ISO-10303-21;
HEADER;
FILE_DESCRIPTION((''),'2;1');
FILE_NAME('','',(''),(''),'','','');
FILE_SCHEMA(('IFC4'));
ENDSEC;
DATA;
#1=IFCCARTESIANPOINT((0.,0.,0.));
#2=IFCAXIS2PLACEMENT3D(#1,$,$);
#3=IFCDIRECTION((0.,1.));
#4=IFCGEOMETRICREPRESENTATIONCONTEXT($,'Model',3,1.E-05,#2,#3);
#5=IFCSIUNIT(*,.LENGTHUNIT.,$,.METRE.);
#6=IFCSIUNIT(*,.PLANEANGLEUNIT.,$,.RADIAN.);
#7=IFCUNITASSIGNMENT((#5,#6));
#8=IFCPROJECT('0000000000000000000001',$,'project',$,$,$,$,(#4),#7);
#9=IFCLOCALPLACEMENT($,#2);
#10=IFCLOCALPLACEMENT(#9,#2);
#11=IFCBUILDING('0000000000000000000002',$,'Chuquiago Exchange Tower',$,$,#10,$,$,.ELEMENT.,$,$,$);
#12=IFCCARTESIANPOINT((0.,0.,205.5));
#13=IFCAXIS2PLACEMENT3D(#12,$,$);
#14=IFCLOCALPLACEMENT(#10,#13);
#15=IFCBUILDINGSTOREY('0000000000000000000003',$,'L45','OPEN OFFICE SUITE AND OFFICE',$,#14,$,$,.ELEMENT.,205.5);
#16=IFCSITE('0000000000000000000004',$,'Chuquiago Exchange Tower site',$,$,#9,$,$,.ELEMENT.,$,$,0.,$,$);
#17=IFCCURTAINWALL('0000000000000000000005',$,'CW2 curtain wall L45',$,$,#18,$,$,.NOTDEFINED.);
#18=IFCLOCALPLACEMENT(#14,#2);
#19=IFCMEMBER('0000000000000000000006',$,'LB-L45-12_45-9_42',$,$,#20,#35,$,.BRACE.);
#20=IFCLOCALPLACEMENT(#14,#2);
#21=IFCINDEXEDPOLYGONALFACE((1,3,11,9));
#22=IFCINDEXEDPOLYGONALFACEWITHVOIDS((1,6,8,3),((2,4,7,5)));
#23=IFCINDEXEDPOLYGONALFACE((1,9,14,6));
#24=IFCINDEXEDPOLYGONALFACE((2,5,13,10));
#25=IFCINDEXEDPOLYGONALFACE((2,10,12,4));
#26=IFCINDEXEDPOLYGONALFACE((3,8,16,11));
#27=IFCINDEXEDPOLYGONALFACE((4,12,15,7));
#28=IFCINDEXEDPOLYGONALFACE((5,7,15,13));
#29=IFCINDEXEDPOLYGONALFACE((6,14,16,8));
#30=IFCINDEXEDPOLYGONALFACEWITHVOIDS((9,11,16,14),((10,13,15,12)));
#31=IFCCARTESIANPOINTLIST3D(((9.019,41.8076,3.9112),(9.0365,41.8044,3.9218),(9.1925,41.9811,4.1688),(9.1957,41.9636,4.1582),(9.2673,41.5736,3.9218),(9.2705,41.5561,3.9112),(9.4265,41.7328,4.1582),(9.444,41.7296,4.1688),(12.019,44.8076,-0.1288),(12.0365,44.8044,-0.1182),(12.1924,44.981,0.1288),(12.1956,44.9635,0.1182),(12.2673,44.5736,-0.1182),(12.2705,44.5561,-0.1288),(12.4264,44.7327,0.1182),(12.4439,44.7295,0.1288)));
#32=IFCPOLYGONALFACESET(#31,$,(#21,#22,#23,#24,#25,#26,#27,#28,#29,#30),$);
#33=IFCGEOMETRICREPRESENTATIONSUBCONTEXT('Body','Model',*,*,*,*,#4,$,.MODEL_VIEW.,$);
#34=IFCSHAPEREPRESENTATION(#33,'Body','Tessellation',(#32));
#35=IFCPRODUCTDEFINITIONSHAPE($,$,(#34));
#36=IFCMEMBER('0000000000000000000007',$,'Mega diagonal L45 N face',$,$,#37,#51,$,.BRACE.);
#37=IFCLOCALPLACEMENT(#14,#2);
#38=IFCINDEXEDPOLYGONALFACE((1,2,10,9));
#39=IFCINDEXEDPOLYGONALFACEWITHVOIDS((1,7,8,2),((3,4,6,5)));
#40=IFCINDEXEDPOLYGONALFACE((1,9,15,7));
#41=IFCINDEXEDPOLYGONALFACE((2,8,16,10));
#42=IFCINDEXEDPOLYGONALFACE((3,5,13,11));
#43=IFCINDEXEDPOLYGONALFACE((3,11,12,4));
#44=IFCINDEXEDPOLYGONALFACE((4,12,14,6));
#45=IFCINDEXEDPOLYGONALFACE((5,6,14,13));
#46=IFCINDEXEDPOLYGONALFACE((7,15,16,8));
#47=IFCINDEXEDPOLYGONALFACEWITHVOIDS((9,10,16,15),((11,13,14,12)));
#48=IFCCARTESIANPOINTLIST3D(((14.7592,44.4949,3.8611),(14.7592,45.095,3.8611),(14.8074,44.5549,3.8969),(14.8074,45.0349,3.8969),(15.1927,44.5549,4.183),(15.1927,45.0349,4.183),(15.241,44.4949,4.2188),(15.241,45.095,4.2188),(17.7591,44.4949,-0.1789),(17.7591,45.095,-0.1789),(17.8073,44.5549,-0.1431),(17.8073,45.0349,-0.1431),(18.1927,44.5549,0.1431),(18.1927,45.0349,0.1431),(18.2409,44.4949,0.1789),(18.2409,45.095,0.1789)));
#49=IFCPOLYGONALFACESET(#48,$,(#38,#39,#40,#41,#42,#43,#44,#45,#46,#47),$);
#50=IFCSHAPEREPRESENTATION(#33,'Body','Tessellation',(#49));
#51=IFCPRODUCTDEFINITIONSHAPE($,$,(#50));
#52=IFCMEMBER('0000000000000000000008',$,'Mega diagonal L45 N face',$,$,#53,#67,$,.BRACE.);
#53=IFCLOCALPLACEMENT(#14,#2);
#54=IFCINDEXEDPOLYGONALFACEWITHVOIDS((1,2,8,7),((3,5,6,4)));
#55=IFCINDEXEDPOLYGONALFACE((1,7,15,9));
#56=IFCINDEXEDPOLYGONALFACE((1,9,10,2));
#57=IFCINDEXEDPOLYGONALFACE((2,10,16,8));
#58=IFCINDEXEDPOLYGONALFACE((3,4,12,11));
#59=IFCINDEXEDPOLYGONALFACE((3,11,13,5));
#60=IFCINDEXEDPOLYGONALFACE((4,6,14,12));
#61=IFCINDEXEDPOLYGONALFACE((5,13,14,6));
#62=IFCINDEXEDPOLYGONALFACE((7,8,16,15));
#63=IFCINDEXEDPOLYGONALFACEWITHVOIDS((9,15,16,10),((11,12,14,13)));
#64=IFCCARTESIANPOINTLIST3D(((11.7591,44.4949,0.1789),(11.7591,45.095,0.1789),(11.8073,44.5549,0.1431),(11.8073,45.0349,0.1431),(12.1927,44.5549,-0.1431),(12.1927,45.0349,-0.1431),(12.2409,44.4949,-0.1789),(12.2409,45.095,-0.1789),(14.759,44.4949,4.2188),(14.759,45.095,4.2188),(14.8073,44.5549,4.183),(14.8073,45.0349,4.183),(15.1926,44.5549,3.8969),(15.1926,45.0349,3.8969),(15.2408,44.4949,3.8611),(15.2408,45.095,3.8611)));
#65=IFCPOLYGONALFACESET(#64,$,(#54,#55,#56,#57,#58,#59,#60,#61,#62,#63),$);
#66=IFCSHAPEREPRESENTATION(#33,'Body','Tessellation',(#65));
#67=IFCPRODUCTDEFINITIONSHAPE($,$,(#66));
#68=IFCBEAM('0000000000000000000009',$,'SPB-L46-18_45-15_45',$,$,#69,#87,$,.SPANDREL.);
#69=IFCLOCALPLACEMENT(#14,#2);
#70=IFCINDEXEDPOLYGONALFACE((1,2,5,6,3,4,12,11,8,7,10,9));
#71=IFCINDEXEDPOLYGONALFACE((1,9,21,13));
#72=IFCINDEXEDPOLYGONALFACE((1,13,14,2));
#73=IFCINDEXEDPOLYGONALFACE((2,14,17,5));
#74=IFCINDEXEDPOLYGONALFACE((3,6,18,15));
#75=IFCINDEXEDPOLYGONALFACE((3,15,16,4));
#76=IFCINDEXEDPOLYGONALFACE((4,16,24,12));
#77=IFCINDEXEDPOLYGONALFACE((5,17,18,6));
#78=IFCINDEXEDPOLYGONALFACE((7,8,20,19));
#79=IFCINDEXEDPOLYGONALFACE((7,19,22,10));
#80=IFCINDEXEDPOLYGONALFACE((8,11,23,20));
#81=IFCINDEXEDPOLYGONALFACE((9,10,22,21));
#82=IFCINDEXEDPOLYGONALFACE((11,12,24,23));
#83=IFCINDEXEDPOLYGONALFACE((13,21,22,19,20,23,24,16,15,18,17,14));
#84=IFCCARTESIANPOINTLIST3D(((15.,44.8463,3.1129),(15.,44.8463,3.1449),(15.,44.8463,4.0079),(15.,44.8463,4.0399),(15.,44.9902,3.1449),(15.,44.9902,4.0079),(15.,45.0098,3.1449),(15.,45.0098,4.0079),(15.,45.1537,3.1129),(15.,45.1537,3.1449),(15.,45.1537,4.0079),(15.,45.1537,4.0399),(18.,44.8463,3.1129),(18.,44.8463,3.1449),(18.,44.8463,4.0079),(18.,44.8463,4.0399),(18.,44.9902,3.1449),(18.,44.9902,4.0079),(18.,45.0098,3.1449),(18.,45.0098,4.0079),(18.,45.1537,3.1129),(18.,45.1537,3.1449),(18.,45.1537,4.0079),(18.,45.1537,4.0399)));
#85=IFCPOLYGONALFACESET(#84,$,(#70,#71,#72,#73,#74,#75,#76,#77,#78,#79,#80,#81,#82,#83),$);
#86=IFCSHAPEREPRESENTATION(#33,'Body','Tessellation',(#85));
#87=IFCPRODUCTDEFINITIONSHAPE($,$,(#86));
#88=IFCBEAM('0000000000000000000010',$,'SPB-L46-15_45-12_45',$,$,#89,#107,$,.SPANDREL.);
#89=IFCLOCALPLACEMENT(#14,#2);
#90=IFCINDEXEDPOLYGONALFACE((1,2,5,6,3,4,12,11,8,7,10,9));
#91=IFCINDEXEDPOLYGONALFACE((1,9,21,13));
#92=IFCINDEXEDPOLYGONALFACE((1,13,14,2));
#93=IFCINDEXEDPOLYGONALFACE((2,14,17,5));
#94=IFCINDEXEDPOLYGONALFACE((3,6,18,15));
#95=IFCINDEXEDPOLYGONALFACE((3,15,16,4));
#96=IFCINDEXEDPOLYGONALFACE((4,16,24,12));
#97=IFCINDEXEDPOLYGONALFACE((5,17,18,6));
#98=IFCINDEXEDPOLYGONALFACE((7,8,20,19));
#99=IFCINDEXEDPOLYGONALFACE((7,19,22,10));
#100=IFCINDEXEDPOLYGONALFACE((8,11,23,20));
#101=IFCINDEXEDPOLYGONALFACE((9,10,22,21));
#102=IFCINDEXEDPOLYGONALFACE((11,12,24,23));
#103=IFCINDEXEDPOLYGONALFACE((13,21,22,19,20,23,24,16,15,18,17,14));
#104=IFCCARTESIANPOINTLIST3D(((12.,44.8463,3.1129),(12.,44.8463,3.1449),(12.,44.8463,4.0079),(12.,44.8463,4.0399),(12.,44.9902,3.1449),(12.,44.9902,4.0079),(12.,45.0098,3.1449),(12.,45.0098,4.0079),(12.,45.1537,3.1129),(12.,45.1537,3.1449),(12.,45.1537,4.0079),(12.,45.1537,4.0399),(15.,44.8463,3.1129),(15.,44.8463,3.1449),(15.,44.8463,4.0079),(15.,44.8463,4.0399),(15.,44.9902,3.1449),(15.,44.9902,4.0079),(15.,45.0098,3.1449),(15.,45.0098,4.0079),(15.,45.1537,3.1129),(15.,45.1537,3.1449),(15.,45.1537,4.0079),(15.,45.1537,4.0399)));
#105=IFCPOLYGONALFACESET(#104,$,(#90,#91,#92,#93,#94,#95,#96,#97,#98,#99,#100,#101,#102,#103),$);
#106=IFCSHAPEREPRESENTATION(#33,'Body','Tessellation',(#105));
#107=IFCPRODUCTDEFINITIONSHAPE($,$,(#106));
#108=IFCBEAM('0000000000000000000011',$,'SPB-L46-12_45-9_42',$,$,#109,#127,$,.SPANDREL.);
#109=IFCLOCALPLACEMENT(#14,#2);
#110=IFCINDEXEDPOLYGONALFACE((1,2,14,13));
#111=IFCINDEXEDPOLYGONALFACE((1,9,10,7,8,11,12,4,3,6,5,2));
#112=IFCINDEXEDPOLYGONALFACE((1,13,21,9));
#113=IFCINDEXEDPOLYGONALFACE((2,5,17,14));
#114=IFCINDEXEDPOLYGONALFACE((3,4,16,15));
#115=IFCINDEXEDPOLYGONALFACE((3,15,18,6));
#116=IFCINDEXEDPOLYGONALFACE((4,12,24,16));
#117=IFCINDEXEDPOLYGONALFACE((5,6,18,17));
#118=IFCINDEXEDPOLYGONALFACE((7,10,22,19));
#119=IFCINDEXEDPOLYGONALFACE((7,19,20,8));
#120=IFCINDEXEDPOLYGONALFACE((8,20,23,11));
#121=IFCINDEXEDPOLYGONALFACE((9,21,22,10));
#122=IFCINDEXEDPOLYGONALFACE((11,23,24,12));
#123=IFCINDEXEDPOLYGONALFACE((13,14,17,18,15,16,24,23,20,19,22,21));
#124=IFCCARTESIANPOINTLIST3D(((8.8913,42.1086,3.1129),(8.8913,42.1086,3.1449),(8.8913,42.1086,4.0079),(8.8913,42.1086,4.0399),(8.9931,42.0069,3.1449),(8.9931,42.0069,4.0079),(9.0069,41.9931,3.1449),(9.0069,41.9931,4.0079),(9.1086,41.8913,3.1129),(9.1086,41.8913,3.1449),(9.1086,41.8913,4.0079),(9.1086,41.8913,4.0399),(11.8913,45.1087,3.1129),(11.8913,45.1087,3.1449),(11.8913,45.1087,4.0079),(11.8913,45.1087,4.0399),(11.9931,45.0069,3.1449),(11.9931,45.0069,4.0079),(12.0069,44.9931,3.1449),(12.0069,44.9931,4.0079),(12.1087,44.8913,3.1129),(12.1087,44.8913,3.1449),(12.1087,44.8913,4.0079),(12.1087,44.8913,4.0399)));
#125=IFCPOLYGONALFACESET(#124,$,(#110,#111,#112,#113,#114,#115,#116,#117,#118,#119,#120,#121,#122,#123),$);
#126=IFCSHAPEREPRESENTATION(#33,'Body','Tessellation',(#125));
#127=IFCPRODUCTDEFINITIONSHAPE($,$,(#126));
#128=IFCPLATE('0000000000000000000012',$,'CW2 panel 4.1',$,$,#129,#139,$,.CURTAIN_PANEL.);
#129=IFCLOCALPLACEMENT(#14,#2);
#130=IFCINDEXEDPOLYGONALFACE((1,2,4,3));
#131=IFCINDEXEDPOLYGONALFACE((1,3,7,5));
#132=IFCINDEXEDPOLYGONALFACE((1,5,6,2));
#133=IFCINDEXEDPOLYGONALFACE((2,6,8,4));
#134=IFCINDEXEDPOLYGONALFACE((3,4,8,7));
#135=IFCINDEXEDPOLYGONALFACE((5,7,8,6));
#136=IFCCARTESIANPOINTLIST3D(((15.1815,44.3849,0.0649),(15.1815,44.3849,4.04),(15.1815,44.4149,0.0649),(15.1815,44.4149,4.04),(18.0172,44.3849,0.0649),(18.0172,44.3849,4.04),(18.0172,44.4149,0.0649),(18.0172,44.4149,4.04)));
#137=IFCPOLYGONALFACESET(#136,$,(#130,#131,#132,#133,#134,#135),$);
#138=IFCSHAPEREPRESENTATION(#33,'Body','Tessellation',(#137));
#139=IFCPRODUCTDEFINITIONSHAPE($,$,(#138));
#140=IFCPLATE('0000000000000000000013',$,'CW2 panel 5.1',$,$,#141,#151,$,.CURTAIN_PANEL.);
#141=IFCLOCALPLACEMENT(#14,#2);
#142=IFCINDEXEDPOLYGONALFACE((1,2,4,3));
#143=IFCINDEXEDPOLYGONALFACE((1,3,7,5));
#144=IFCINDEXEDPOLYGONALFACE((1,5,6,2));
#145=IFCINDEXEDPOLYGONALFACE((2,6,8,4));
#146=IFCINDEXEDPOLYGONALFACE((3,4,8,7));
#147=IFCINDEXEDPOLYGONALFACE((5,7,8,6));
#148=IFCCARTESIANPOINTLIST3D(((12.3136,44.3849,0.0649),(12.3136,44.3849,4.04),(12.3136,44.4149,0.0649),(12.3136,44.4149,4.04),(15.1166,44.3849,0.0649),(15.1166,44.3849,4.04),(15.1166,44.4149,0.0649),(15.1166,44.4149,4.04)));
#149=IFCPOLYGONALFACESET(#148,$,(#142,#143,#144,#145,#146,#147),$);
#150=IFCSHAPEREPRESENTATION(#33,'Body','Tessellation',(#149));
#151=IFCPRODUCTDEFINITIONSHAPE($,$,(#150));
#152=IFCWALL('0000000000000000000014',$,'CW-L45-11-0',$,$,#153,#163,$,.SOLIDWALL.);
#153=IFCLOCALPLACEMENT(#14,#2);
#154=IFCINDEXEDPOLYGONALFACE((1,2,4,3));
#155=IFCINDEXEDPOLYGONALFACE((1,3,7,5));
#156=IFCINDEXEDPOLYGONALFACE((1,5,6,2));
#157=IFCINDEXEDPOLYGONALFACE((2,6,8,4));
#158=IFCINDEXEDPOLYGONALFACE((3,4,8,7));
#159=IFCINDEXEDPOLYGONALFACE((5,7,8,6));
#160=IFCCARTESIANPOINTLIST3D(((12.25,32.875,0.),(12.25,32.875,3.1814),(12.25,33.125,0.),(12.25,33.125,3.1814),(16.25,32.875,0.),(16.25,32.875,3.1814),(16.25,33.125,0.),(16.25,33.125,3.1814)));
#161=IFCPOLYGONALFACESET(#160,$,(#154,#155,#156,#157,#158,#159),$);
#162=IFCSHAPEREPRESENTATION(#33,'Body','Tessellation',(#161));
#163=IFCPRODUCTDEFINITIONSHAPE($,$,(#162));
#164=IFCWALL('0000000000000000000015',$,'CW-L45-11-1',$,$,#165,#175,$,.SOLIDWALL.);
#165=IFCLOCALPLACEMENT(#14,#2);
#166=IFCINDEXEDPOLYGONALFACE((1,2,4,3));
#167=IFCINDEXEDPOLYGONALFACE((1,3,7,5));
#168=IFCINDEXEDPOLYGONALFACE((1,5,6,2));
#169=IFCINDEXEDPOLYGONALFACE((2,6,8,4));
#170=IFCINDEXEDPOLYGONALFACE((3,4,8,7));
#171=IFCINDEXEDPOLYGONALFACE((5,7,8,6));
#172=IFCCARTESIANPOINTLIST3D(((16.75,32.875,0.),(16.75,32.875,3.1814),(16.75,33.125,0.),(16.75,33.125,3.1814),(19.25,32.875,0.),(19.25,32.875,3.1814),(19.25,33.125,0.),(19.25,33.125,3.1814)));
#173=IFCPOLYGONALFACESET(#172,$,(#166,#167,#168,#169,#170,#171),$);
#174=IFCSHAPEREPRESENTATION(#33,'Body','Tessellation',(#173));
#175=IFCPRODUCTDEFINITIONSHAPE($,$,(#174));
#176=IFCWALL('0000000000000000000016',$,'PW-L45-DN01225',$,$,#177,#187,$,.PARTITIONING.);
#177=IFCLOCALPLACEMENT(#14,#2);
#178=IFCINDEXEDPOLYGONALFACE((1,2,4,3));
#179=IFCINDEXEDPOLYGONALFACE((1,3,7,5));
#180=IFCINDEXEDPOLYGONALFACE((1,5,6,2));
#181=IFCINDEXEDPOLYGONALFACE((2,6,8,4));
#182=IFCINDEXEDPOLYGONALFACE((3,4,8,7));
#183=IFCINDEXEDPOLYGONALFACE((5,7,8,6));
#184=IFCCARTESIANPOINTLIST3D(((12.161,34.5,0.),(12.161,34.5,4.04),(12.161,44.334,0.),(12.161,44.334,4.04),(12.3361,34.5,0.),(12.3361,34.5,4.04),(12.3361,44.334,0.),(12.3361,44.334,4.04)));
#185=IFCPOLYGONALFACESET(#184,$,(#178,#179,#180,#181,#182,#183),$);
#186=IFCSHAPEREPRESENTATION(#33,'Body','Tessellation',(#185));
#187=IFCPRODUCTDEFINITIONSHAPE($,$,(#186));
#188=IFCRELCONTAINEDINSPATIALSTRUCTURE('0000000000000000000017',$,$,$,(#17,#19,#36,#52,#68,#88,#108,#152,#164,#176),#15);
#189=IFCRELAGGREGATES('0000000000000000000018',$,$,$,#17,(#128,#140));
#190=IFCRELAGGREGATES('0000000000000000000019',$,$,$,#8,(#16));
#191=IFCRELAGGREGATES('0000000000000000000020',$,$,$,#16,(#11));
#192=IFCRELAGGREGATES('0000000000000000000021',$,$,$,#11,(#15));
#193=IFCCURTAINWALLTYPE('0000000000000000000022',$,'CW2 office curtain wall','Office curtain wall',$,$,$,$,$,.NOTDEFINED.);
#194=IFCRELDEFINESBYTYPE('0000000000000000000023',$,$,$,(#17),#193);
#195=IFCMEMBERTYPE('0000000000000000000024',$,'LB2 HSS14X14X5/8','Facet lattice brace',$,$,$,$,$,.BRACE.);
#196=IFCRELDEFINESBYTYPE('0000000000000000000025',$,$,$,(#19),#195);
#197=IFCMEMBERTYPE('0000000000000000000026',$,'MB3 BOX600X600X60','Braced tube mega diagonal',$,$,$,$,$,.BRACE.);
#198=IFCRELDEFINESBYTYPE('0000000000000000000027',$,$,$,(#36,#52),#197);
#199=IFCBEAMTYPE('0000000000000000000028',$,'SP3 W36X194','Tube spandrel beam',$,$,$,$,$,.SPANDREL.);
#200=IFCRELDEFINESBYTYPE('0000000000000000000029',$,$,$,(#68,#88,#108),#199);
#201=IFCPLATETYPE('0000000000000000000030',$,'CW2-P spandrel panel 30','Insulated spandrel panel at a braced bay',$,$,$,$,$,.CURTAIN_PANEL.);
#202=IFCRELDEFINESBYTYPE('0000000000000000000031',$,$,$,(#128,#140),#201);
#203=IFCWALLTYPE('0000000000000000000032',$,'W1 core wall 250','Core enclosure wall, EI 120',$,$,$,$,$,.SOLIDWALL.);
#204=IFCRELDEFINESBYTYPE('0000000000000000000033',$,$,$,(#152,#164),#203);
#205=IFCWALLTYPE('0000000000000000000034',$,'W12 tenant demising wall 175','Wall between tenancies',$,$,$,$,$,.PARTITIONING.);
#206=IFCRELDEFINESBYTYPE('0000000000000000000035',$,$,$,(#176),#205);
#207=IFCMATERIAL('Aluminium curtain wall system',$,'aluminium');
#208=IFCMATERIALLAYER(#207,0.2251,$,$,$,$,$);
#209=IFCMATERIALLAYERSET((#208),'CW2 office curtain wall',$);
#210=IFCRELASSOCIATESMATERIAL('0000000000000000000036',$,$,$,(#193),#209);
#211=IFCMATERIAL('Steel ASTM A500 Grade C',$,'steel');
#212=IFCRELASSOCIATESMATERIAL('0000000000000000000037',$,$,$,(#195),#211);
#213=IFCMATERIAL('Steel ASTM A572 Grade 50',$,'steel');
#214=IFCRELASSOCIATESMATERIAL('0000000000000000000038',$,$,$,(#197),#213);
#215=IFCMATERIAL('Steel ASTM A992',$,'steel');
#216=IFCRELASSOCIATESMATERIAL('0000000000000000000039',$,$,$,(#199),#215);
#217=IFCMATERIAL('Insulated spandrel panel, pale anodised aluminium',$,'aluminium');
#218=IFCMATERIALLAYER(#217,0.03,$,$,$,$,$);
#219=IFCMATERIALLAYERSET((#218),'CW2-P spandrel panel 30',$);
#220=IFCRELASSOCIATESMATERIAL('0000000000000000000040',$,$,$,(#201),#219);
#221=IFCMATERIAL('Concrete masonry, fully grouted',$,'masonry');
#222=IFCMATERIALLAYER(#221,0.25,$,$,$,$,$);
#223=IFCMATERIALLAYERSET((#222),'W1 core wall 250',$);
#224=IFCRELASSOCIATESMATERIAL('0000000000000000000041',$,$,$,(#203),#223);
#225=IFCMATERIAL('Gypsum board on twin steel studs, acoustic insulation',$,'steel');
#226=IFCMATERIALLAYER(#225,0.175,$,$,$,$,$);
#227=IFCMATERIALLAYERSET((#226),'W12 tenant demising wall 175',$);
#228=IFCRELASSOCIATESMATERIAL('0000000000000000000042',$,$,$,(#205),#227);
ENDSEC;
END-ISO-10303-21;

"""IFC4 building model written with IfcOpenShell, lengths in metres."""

from ifc_helpers import new_model, si_unit, direction, frame, frame_2d, origin, origin_2d, place, context, subcontext, project, spatial, rectangle, hollow_rectangle, i_section, extrude, material, layer, layer_set, material_profile, profile_set, type_object, element, aggregate, save


model = new_model("IFC4")

# Units and contexts
model_context = context("Model", 3, precision=1e-05, world=origin(), true_north=direction((0.0, 1.0)))
body_context = subcontext(model_context, "Body", "Model", "MODEL_VIEW")
ifc_project = project(units=[si_unit("LENGTHUNIT", "METRE"), si_unit("PLANEANGLEUNIT", "RADIAN")], contexts=[model_context])

# Site, building, storey
site_placement = place(None, origin())
site = spatial("IfcSite", under=ifc_project, at=site_placement, Name="Chuquiago Exchange Tower site", CompositionType="ELEMENT", RefElevation=0.0)
building_placement = place(site_placement, origin())
building = spatial("IfcBuilding", under=site, at=building_placement, Name="Chuquiago Exchange Tower", CompositionType="ELEMENT")
storey_placement = place(building_placement, frame((0.0, 0.0, 205.5)))
storey = spatial("IfcBuildingStorey", under=building, at=storey_placement, Name="L45", Description="OPEN OFFICE SUITE AND OFFICE", CompositionType="ELEMENT", Elevation=205.5)

# Curtain wall
ifc_material_1 = material(Name="Aluminium curtain wall system", Category="aluminium")
ifc_layer_1 = layer(ifc_material_1, 0.2251)
ifc_layer_set_1 = layer_set([ifc_layer_1], Name="CW2 office curtain wall")
curtain_wall_type_1 = type_object("IfcCurtainWallType", Name="CW2 office curtain wall", Description="Office curtain wall", PredefinedType="NOTDEFINED", material=ifc_layer_set_1)
curtain_wall_1_placement = place(storey_placement, origin())
curtain_wall_1 = element("IfcCurtainWall", 1, at=curtain_wall_1_placement, inside=storey, type_object=curtain_wall_type_1, Name="CW2 curtain wall L45", PredefinedType="NOTDEFINED")

# Members
ifc_material_2 = material(Name="Steel ASTM A500 Grade C", Category="steel")
ifc_material_profile_1 = material_profile(ifc_material_2, hollow_rectangle(XDim=0.3557, YDim=0.3557, WallThickness=0.0146, at=origin_2d()), Name="HSS14X14X5/8")
ifc_profile_set_1 = profile_set([ifc_material_profile_1], Name="Steel ASTM A500 Grade C")
member_type_1 = type_object("IfcMemberType", Name="LB2 HSS14X14X5/8", Description="Facet lattice brace", PredefinedType="BRACE", material=ifc_profile_set_1)
member_1_placement = place(storey_placement, frame((12.2314, 44.7686, 0.0), z_axis=(-0.512077, -0.512077, 0.689604), x_axis=(0.707107, -0.707107, 0.0)))
element("IfcMember", 2, at=member_1_placement, inside=storey, type_object=member_type_1, Name="LB-L45-12_45-9_42", PredefinedType="BRACE", context=body_context, shape_type="SweptSolid", body=[
    extrude(hollow_rectangle(XDim=0.3557, YDim=0.3557, WallThickness=0.0146, at=origin_2d()), origin(), (0.0, 0.0, 1.0), 5.8584),
])
ifc_material_3 = material(Name="Steel ASTM A572 Grade 50", Category="steel")
ifc_material_profile_2 = material_profile(ifc_material_3, hollow_rectangle(XDim=0.6001, YDim=0.6001, WallThickness=0.0601, at=origin_2d()), Name="BOX600X600X60")
ifc_profile_set_2 = profile_set([ifc_material_profile_2], Name="Steel ASTM A572 Grade 50")
member_type_2 = type_object("IfcMemberType", Name="MB3 BOX600X600X60", Description="Braced tube mega diagonal", PredefinedType="BRACE", material=ifc_profile_set_2)
for number, where, z_axis, x_axis, name in (
    (3, (18.0, 44.7949, 0.0), (-0.596174, 0.0, 0.802855), (0.0, -1.0, 0.0), "Mega diagonal L45 N face"),
    (4, (12.0, 44.7949, 0.0), (0.596174, 0.0, 0.802855), (0.0, 1.0, 0.0), "Mega diagonal L45 N face"),
):
    element("IfcMember", number, at=place(storey_placement, frame(where, z_axis=z_axis, x_axis=x_axis)), inside=storey, type_object=member_type_2, Name=name, PredefinedType="BRACE", context=body_context, shape_type="SweptSolid", body=[
        extrude(hollow_rectangle(XDim=0.6001, YDim=0.6001, WallThickness=0.0601, at=origin_2d()), origin(), (0.0, 0.0, 1.0), 5.032),
    ])

# Beams
ifc_material_4 = material(Name="Steel ASTM A992", Category="steel")
ifc_material_profile_3 = material_profile(ifc_material_4, i_section(OverallWidth=0.3074, OverallDepth=0.927, WebThickness=0.0195, FlangeThickness=0.032, at=origin_2d()), Name="W36X194")
ifc_profile_set_3 = profile_set([ifc_material_profile_3], Name="Steel ASTM A992")
beam_type_1 = type_object("IfcBeamType", Name="SP3 W36X194", Description="Tube spandrel beam", PredefinedType="SPANDREL", material=ifc_profile_set_3)
for number, where, z_axis, x_axis, name in (
    (5, (18.0, 45.0, 3.5764), (-1.0, 0.0, 0.0), (0.0, -1.0, 0.0), "SPB-L46-18_45-15_45"),
    (6, (15.0, 45.0, 3.5764), (-1.0, 0.0, 0.0), (0.0, -1.0, 0.0), "SPB-L46-15_45-12_45"),
):
    element("IfcBeam", number, at=place(storey_placement, frame(where, z_axis=z_axis, x_axis=x_axis)), inside=storey, type_object=beam_type_1, Name=name, PredefinedType="SPANDREL", context=body_context, shape_type="SweptSolid", body=[
        extrude(i_section(OverallWidth=0.3074, OverallDepth=0.927, WebThickness=0.0195, FlangeThickness=0.032, at=origin_2d()), origin(), (0.0, 0.0, 1.0), 3.0),
    ])
beam_1_placement = place(storey_placement, frame((12.0, 45.0, 3.5764), z_axis=(-0.707107, -0.707107, 0.0), x_axis=(0.707107, -0.707107, 0.0)))
element("IfcBeam", 7, at=beam_1_placement, inside=storey, type_object=beam_type_1, Name="SPB-L46-12_45-9_42", PredefinedType="SPANDREL", context=body_context, shape_type="SweptSolid", body=[
    extrude(i_section(OverallWidth=0.3074, OverallDepth=0.927, WebThickness=0.0195, FlangeThickness=0.032, at=origin_2d()), origin(), (0.0, 0.0, 1.0), 4.2427),
])

# Plates
ifc_material_5 = material(Name="Insulated spandrel panel, pale anodised aluminium", Category="aluminium")
ifc_layer_2 = layer(ifc_material_5, 0.03)
ifc_layer_set_2 = layer_set([ifc_layer_2], Name="CW2-P spandrel panel 30")
plate_type = type_object("IfcPlateType", Name="CW2-P spandrel panel 30", Description="Insulated spandrel panel at a braced bay", PredefinedType="CURTAIN_PANEL", material=ifc_layer_set_2)
plate_1_placement = place(storey_placement, frame((16.5994, 44.3999, 0.0649), z_axis=(0.0, 0.0, 1.0), x_axis=(-1.0, 0.0, 0.0)))
plate_1 = element("IfcPlate", 8, at=plate_1_placement, type_object=plate_type, Name="CW2 panel 4.1", PredefinedType="CURTAIN_PANEL", context=body_context, shape_type="SweptSolid", body=[
    extrude(rectangle(XDim=2.8357, YDim=0.03, at=origin_2d()), origin(), (0.0, 0.0, 1.0), 3.9751),
])
plate_2_placement = place(storey_placement, frame((13.7151, 44.3999, 0.0649), z_axis=(0.0, 0.0, 1.0), x_axis=(-1.0, 0.0, 0.0)))
plate_2 = element("IfcPlate", 9, at=plate_2_placement, type_object=plate_type, Name="CW2 panel 5.1", PredefinedType="CURTAIN_PANEL", context=body_context, shape_type="SweptSolid", body=[
    extrude(rectangle(XDim=2.803, YDim=0.03, at=origin_2d()), origin(), (0.0, 0.0, 1.0), 3.9751),
])
aggregate(curtain_wall_1, [plate_1, plate_2])

# Walls
ifc_material_6 = material(Name="Concrete masonry, fully grouted", Category="masonry")
ifc_layer_3 = layer(ifc_material_6, 0.25)
ifc_layer_set_3 = layer_set([ifc_layer_3], Name="W1 core wall 250")
wall_type_1 = type_object("IfcWallType", Name="W1 core wall 250", Description="Core enclosure wall, EI 120", PredefinedType="SOLIDWALL", material=ifc_layer_set_3)
wall_1_placement = place(storey_placement, frame((12.25, 33.0, 0.0), z_axis=(0.0, 0.0, 1.0), x_axis=(1.0, 0.0, 0.0)))
element("IfcWall", 10, at=wall_1_placement, inside=storey, type_object=wall_type_1, Name="CW-L45-11-0", PredefinedType="SOLIDWALL", context=body_context, shape_type="SweptSolid", body=[
    extrude(rectangle(XDim=4.0, YDim=0.25, at=frame_2d((2.0, 0.0))), origin(), (0.0, 0.0, 1.0), 3.1814),
])
wall_2_placement = place(storey_placement, frame((16.75, 33.0, 0.0), z_axis=(0.0, 0.0, 1.0), x_axis=(1.0, 0.0, 0.0)))
element("IfcWall", 11, at=wall_2_placement, inside=storey, type_object=wall_type_1, Name="CW-L45-11-1", PredefinedType="SOLIDWALL", context=body_context, shape_type="SweptSolid", body=[
    extrude(rectangle(XDim=2.5, YDim=0.25, at=frame_2d((1.25, 0.0))), origin(), (0.0, 0.0, 1.0), 3.1814),
])
ifc_material_7 = material(Name="Gypsum board on twin steel studs, acoustic insulation", Category="steel")
ifc_layer_4 = layer(ifc_material_7, 0.175)
ifc_layer_set_4 = layer_set([ifc_layer_4], Name="W12 tenant demising wall 175")
wall_type_2 = type_object("IfcWallType", Name="W12 tenant demising wall 175", Description="Wall between tenancies", PredefinedType="PARTITIONING", material=ifc_layer_set_4)
wall_3_placement = place(storey_placement, frame((12.2485, 44.334, 0.0), z_axis=(0.0, 0.0, 1.0), x_axis=(0.0, -1.0, 0.0)))
element("IfcWall", 12, at=wall_3_placement, inside=storey, type_object=wall_type_2, Name="PW-L45-DN01225", PredefinedType="PARTITIONING", context=body_context, shape_type="SweptSolid", body=[
    extrude(rectangle(XDim=9.834, YDim=0.175, at=frame_2d((4.917, 0.0))), origin(), (0.0, 0.0, 1.0), 4.04),
])

save(model, "model.ifc")
